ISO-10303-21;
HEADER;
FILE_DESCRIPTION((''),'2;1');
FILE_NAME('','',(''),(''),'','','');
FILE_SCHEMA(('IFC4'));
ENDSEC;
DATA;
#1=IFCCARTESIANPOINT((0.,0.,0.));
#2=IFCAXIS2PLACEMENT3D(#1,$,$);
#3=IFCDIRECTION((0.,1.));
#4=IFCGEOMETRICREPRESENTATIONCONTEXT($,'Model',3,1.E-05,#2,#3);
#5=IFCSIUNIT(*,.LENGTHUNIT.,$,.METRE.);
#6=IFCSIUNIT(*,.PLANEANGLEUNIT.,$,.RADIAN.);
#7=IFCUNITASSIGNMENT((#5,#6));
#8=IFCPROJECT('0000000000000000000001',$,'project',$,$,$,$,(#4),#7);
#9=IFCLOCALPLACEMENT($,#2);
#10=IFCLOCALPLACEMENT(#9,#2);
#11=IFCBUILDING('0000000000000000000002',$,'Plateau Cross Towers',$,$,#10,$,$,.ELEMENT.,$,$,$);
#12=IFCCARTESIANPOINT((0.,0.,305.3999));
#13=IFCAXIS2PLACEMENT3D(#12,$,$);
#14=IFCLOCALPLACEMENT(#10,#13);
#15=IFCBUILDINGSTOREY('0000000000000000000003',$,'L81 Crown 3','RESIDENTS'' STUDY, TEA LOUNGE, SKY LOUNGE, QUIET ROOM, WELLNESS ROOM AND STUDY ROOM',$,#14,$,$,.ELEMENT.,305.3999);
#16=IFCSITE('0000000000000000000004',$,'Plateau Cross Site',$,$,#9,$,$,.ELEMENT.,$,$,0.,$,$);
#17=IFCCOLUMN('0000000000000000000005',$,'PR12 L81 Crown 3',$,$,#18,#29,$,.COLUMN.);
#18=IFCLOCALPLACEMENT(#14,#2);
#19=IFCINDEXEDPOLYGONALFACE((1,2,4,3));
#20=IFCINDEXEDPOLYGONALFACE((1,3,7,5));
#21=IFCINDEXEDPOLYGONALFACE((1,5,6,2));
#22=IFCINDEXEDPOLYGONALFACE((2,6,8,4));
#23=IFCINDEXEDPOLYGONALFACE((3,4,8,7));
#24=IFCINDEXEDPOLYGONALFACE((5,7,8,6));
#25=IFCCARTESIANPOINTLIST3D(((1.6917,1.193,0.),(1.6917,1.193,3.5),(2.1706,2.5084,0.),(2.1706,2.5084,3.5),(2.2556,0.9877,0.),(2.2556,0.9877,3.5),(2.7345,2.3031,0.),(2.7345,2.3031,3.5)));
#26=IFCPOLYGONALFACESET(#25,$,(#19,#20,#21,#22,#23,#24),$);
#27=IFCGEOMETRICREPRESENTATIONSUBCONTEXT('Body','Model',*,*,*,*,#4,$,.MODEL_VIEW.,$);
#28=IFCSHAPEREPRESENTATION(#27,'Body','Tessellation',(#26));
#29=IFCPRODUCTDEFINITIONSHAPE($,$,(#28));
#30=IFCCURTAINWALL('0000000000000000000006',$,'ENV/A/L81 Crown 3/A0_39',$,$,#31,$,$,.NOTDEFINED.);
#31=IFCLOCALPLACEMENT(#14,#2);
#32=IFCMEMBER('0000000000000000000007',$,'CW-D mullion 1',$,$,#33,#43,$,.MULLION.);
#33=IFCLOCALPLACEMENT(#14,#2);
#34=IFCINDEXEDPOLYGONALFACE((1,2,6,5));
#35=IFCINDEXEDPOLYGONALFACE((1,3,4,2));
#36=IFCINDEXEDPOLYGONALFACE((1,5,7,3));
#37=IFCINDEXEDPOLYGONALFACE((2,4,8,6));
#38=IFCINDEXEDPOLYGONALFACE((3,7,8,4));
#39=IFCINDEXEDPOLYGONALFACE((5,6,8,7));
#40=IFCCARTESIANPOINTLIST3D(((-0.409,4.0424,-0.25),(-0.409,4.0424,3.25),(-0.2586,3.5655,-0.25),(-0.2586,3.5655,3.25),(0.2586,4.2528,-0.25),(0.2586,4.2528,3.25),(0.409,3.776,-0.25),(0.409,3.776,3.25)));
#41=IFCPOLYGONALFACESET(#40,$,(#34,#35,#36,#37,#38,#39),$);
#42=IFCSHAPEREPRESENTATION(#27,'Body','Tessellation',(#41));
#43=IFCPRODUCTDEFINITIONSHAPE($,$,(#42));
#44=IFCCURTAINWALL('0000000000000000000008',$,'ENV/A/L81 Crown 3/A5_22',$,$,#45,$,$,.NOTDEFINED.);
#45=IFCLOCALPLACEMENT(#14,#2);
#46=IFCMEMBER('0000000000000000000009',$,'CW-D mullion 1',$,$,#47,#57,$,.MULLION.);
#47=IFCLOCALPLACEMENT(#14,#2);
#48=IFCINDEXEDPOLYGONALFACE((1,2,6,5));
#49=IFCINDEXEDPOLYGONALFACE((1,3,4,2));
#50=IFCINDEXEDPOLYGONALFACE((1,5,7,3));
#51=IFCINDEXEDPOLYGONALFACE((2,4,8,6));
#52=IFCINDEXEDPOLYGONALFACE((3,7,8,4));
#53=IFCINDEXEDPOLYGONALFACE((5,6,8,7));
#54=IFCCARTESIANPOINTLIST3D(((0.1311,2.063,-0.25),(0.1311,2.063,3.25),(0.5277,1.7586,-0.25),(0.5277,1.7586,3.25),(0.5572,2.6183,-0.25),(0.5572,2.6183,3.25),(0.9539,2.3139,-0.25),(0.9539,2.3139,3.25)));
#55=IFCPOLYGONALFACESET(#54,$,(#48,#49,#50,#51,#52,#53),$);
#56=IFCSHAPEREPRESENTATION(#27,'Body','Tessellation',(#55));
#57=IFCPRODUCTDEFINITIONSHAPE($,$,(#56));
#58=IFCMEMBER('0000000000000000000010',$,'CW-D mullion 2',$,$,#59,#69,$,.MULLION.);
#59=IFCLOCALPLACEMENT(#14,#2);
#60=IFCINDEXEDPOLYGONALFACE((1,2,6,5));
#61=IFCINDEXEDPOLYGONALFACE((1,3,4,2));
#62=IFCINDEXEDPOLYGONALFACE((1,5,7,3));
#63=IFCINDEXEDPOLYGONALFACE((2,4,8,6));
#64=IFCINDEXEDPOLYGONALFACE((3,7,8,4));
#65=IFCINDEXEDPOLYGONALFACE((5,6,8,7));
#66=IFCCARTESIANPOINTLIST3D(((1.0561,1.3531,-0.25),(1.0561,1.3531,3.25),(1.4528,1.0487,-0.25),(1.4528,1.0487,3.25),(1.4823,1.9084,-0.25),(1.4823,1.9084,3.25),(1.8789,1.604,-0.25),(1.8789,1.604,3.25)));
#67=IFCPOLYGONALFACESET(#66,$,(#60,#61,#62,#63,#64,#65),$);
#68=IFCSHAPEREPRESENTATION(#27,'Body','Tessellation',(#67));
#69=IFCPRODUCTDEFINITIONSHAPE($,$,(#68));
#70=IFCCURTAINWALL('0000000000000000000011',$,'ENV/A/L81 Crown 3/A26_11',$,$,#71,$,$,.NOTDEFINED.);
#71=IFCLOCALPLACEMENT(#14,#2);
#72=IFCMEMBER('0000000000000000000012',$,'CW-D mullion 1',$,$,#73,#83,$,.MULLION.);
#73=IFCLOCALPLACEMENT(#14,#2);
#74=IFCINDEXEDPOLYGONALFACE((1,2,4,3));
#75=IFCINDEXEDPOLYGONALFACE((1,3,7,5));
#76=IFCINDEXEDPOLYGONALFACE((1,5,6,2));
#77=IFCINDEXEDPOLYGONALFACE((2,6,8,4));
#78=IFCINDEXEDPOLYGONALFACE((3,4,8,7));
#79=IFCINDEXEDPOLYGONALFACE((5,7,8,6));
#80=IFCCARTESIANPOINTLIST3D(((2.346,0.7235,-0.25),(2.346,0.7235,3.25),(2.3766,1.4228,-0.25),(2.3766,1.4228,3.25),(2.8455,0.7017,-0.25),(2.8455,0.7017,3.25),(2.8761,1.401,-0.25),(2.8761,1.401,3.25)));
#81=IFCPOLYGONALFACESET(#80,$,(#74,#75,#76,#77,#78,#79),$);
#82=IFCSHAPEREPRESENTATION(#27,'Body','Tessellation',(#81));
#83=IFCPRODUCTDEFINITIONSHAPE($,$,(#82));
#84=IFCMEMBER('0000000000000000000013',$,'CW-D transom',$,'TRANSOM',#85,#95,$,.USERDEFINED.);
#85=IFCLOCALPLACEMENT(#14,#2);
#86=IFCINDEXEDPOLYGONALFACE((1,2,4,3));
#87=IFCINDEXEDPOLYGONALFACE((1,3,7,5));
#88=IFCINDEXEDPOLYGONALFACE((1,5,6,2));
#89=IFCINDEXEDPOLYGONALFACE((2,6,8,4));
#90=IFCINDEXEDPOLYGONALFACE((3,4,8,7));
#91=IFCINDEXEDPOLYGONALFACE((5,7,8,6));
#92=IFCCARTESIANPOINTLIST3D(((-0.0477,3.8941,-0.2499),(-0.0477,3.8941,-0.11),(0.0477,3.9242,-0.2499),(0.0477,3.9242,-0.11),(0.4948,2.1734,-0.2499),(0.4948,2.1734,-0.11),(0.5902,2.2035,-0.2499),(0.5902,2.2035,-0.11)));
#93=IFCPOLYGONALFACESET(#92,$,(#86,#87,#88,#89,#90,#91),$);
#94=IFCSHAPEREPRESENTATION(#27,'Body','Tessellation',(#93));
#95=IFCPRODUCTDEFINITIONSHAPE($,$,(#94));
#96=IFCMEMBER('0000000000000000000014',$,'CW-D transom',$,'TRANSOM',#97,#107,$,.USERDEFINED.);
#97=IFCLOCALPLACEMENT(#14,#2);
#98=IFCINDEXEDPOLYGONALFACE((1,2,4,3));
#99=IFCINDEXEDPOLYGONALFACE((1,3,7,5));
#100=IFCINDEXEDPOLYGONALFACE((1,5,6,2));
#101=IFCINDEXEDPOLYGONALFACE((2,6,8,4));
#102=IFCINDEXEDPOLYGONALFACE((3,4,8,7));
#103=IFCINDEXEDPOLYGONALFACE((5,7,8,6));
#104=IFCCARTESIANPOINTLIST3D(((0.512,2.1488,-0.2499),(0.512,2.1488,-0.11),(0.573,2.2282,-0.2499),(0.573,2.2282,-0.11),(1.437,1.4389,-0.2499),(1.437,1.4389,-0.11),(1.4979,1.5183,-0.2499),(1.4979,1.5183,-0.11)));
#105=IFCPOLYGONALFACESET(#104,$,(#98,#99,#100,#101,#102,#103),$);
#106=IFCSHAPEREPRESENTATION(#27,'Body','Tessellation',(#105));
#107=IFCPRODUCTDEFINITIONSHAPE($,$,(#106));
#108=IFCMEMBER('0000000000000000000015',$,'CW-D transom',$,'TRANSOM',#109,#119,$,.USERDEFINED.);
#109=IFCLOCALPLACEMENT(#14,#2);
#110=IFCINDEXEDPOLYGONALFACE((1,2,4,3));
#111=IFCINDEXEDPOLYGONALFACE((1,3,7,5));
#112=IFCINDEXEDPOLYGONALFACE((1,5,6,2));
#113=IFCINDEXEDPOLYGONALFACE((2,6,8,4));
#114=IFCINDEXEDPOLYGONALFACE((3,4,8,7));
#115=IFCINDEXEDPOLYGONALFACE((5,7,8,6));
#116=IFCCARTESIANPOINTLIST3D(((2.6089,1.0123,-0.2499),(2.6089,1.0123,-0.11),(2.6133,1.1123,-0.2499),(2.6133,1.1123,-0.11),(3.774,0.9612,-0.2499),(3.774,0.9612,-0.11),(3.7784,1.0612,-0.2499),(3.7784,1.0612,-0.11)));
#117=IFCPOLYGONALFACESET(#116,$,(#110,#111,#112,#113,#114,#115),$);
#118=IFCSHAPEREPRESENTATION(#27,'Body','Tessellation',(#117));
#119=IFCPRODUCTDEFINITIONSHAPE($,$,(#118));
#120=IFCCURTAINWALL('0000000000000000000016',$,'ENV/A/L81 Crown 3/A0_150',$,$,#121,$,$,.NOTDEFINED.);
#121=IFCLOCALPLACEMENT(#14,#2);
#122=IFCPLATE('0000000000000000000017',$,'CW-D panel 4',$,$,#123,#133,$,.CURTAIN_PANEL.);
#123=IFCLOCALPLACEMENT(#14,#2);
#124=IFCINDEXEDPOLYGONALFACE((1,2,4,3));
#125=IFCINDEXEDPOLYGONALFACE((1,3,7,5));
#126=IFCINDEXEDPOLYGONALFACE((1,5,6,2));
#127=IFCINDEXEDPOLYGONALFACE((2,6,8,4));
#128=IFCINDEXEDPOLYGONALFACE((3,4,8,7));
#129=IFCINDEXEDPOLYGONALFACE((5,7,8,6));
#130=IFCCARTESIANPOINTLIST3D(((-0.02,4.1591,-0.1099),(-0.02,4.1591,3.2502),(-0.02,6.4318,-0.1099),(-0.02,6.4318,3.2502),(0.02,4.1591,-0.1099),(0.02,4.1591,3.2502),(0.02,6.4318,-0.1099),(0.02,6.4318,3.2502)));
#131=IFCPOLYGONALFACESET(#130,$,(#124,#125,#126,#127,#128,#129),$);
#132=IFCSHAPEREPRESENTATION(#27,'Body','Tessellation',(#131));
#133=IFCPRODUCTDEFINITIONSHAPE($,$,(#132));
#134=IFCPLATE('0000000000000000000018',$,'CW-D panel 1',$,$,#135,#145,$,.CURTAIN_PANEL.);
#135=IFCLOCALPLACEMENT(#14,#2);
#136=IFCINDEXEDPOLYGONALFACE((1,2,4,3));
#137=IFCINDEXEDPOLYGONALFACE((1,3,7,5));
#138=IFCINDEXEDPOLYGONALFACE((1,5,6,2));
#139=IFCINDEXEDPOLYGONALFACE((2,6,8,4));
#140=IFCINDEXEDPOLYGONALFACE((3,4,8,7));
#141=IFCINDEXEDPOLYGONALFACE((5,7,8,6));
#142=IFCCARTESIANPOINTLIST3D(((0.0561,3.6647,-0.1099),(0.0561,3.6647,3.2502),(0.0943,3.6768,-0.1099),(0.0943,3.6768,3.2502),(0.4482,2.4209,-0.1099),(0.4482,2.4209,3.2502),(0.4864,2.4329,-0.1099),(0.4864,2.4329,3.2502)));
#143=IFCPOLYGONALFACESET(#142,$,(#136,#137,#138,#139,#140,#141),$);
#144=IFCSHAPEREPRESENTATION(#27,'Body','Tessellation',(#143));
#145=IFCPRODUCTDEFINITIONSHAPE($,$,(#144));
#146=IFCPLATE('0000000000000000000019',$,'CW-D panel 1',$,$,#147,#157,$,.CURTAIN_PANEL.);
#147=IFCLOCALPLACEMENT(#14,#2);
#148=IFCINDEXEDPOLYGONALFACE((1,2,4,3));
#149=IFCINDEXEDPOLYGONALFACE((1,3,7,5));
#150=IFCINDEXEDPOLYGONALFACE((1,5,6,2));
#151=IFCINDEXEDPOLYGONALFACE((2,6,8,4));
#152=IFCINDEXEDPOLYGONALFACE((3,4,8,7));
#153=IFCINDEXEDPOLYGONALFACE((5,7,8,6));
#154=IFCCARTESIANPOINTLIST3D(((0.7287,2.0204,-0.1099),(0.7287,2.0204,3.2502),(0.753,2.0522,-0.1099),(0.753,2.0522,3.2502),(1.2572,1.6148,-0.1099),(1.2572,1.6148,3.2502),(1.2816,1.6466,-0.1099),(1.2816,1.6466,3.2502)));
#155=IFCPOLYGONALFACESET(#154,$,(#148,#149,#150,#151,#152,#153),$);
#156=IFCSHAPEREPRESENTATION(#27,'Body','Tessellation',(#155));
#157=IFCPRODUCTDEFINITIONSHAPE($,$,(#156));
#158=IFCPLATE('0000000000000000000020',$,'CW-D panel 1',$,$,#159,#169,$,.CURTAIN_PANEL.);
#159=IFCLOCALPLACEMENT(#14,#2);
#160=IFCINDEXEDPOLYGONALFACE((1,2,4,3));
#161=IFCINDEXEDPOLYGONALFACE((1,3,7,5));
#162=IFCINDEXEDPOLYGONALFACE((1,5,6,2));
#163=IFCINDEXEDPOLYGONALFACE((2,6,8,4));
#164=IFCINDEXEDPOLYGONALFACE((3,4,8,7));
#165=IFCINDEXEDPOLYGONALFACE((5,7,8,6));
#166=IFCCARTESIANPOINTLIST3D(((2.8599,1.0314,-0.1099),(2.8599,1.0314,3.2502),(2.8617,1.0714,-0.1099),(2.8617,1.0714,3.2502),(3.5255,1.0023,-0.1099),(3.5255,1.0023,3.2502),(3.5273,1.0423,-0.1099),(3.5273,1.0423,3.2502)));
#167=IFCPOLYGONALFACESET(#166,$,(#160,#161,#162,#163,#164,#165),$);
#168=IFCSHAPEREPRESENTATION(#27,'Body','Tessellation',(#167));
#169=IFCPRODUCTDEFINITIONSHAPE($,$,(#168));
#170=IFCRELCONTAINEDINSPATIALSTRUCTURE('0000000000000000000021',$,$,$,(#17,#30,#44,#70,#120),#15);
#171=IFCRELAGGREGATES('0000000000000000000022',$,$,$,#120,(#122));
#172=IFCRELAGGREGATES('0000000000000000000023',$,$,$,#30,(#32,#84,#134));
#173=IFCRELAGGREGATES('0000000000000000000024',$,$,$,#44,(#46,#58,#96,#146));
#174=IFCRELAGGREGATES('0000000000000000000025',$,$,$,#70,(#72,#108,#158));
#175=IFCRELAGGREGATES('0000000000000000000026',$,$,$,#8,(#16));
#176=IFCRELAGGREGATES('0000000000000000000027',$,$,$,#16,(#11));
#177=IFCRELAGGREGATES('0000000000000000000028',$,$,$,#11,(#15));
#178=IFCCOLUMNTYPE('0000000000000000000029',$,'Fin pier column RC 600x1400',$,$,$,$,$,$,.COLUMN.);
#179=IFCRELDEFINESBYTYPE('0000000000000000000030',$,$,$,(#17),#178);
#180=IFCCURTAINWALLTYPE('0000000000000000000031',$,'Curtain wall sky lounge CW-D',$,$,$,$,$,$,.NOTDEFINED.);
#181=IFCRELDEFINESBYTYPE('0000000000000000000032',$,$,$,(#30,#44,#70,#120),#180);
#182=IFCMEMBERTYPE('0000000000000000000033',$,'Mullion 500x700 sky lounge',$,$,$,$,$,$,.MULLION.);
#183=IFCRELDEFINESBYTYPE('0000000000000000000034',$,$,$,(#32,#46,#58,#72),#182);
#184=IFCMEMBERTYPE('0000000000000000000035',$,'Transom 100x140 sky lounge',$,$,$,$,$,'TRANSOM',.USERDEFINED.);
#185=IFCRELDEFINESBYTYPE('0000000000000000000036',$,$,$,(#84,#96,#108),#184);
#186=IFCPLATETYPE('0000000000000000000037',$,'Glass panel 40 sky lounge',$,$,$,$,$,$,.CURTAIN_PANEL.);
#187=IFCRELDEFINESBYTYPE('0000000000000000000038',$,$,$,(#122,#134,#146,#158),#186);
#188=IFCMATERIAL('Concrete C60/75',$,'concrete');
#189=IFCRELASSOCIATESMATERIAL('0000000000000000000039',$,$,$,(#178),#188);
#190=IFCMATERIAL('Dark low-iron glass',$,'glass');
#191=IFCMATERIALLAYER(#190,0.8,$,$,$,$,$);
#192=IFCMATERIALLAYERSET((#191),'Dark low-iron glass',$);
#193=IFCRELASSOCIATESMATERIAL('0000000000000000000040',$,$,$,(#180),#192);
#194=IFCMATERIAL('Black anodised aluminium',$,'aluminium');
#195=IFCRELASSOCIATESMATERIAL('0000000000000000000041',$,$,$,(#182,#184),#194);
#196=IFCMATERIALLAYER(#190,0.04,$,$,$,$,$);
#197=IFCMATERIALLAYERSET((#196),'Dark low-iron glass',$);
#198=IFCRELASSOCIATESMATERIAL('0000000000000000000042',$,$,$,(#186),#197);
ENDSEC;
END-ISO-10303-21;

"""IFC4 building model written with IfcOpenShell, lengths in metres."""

from ifc_helpers import new_model, si_unit, direction, frame, origin, origin_2d, place, context, subcontext, project, spatial, rectangle, extrude, material, layer, layer_set, material_profile, profile_set, type_object, element, aggregate, save


model = new_model("IFC4")

# Units and contexts
model_context = context("Model", 3, precision=1e-05, world=origin(), true_north=direction((0.0, 1.0)))
body_context = subcontext(model_context, "Body", "Model", "MODEL_VIEW")
ifc_project = project(units=[si_unit("LENGTHUNIT", "METRE"), si_unit("PLANEANGLEUNIT", "RADIAN")], contexts=[model_context])

# Site, building, storey
site_placement = place(None, origin())
site = spatial("IfcSite", under=ifc_project, at=site_placement, Name="Plateau Cross Site", CompositionType="ELEMENT", RefElevation=0.0)
building_placement = place(site_placement, origin())
building = spatial("IfcBuilding", under=site, at=building_placement, Name="Plateau Cross Towers", CompositionType="ELEMENT")
storey_placement = place(building_placement, frame((0.0, 0.0, 305.3999)))
storey = spatial("IfcBuildingStorey", under=building, at=storey_placement, Name="L81 Crown 3", Description="RESIDENTS' STUDY, TEA LOUNGE, SKY LOUNGE, QUIET ROOM, WELLNESS ROOM AND STUDY ROOM", CompositionType="ELEMENT", Elevation=305.3999)

# Column
ifc_material_1 = material(Name="Concrete C60/75", Category="concrete")
ifc_material_profile_1 = material_profile(ifc_material_1, rectangle(XDim=0.6001, YDim=1.3999, at=origin_2d()), Name="RC 600x1400")
ifc_profile_set_1 = profile_set([ifc_material_profile_1], Name="Concrete C60/75")
column_type = type_object("IfcColumnType", Name="Fin pier column RC 600x1400", PredefinedType="COLUMN", material=ifc_profile_set_1)
column_placement = place(storey_placement, frame((2.2131, 1.748, 0.0), z_axis=(0.0, 0.0, 1.0), x_axis=(-0.939664, 0.342098, 0.0)))
element("IfcColumn", 1, at=column_placement, inside=storey, type_object=column_type, Name="PR12 L81 Crown 3", PredefinedType="COLUMN", context=body_context, shape_type="SweptSolid", body=[
    extrude(rectangle(XDim=0.6001, YDim=1.3999, at=origin_2d()), origin(), (0.0, 0.0, 1.0), 3.5),
])

# Curtain wall, member
ifc_material_2 = material(Name="Dark low-iron glass", Category="glass")
ifc_layer_1 = layer(ifc_material_2, 0.8)
ifc_layer_set_1 = layer_set([ifc_layer_1], Name="Dark low-iron glass")
curtain_wall_type = type_object("IfcCurtainWallType", Name="Curtain wall sky lounge CW-D", PredefinedType="NOTDEFINED", material=ifc_layer_set_1)
curtain_wall_1_placement = place(storey_placement, origin())
curtain_wall_1 = element("IfcCurtainWall", 2, at=curtain_wall_1_placement, inside=storey, type_object=curtain_wall_type, Name="ENV/A/L81 Crown 3/A0_39", PredefinedType="NOTDEFINED")
ifc_material_3 = material(Name="Black anodised aluminium", Category="aluminium")
ifc_material_profile_2 = material_profile(ifc_material_3, rectangle(XDim=0.5, YDim=0.7, at=origin_2d()), Name="MULLION 500x700")
ifc_profile_set_2 = profile_set([ifc_material_profile_2], Name="Black anodised aluminium")
member_type_1 = type_object("IfcMemberType", Name="Mullion 500x700 sky lounge", PredefinedType="MULLION", material=ifc_profile_set_2)
member_1_placement = place(storey_placement, frame((0.0, 3.9092, -0.25), z_axis=(0.0, 0.0, 1.0), x_axis=(0.300686, -0.953723, 0.0)))
member_1 = element("IfcMember", 3, at=member_1_placement, type_object=member_type_1, Name="CW-D mullion 1", PredefinedType="MULLION", context=body_context, shape_type="SweptSolid", body=[
    extrude(rectangle(XDim=0.5, YDim=0.7, at=origin_2d()), origin(), (0.0, 0.0, 1.0), 3.5),
])

# Curtain wall, members
curtain_wall_2_placement = place(storey_placement, origin())
curtain_wall_2 = element("IfcCurtainWall", 4, at=curtain_wall_2_placement, inside=storey, type_object=curtain_wall_type, Name="ENV/A/L81 Crown 3/A5_22", PredefinedType="NOTDEFINED")
member_2_placement = place(storey_placement, frame((0.5425, 2.1885, -0.25), z_axis=(0.0, 0.0, 1.0), x_axis=(0.793316, -0.608811, 0.0)))
member_2 = element("IfcMember", 5, at=member_2_placement, type_object=member_type_1, Name="CW-D mullion 1", PredefinedType="MULLION", context=body_context, shape_type="SweptSolid", body=[
    extrude(rectangle(XDim=0.5, YDim=0.7, at=origin_2d()), origin(), (0.0, 0.0, 1.0), 3.5),
])
member_3_placement = place(storey_placement, frame((1.4675, 1.4785, -0.25), z_axis=(0.0, 0.0, 1.0), x_axis=(0.793316, -0.608811, 0.0)))
member_3 = element("IfcMember", 6, at=member_3_placement, type_object=member_type_1, Name="CW-D mullion 2", PredefinedType="MULLION", context=body_context, shape_type="SweptSolid", body=[
    extrude(rectangle(XDim=0.5, YDim=0.7, at=origin_2d()), origin(), (0.0, 0.0, 1.0), 3.5),
])

# Curtain wall, member
curtain_wall_3_placement = place(storey_placement, origin())
curtain_wall_3 = element("IfcCurtainWall", 7, at=curtain_wall_3_placement, inside=storey, type_object=curtain_wall_type, Name="ENV/A/L81 Crown 3/A26_11", PredefinedType="NOTDEFINED")
member_4_placement = place(storey_placement, frame((2.6111, 1.0623, -0.25), z_axis=(0.0, 0.0, 1.0), x_axis=(0.999044, -0.043723, 0.0)))
member_4 = element("IfcMember", 8, at=member_4_placement, type_object=member_type_1, Name="CW-D mullion 1", PredefinedType="MULLION", context=body_context, shape_type="SweptSolid", body=[
    extrude(rectangle(XDim=0.5, YDim=0.7, at=origin_2d()), origin(), (0.0, 0.0, 1.0), 3.5),
])

# Members
ifc_material_profile_3 = material_profile(ifc_material_3, rectangle(XDim=0.1001, YDim=0.1399, at=origin_2d()), Name="TRANSOM 100x140")
ifc_profile_set_3 = profile_set([ifc_material_profile_3], Name="Black anodised aluminium")
member_type_2 = type_object("IfcMemberType", Name="Transom 100x140 sky lounge", ElementType="TRANSOM", PredefinedType="USERDEFINED", material=ifc_profile_set_3)
member_5_placement = place(storey_placement, frame((0.0, 3.9092, -0.1799), z_axis=(0.300678, -0.953726, 0.0), x_axis=(0.953726, 0.300678, 0.0)))
member_5 = element("IfcMember", 9, at=member_5_placement, type_object=member_type_2, Name="CW-D transom", ObjectType="TRANSOM", PredefinedType="USERDEFINED", context=body_context, shape_type="SweptSolid", body=[
    extrude(rectangle(XDim=0.1001, YDim=0.1399, at=origin_2d()), origin(), (0.0, 0.0, 1.0), 1.8042),
])
member_6_placement = place(storey_placement, frame((0.5425, 2.1885, -0.1799), z_axis=(0.793293, -0.60884, 0.0), x_axis=(0.60884, 0.793293, 0.0)))
member_6 = element("IfcMember", 10, at=member_6_placement, type_object=member_type_2, Name="CW-D transom", ObjectType="TRANSOM", PredefinedType="USERDEFINED", context=body_context, shape_type="SweptSolid", body=[
    extrude(rectangle(XDim=0.1001, YDim=0.1399, at=origin_2d()), origin(), (0.0, 0.0, 1.0), 1.166),
])
member_7_placement = place(storey_placement, frame((2.6111, 1.0623, -0.1799), z_axis=(0.999042, -0.043755, 0.0), x_axis=(0.043755, 0.999042, 0.0)))
member_7 = element("IfcMember", 11, at=member_7_placement, type_object=member_type_2, Name="CW-D transom", ObjectType="TRANSOM", PredefinedType="USERDEFINED", context=body_context, shape_type="SweptSolid", body=[
    extrude(rectangle(XDim=0.1001, YDim=0.1399, at=origin_2d()), origin(), (0.0, 0.0, 1.0), 1.1663),
])

# Curtain wall, plate
curtain_wall_4_placement = place(storey_placement, origin())
curtain_wall_4 = element("IfcCurtainWall", 12, at=curtain_wall_4_placement, inside=storey, type_object=curtain_wall_type, Name="ENV/A/L81 Crown 3/A0_150", PredefinedType="NOTDEFINED")
ifc_layer_2 = layer(ifc_material_2, 0.04)
ifc_layer_set_2 = layer_set([ifc_layer_2], Name="Dark low-iron glass")
plate_type = type_object("IfcPlateType", Name="Glass panel 40 sky lounge", PredefinedType="CURTAIN_PANEL", material=ifc_layer_set_2)
plate_1_placement = place(storey_placement, frame((0.0, 5.2954, -0.1099), z_axis=(0.0, 0.0, 1.0), x_axis=(0.0, -1.0, 0.0)))
plate_1 = element("IfcPlate", 13, at=plate_1_placement, type_object=plate_type, Name="CW-D panel 4", PredefinedType="CURTAIN_PANEL", context=body_context, shape_type="SweptSolid", body=[
    extrude(rectangle(XDim=2.2727, YDim=0.04, at=origin_2d()), origin(), (0.0, 0.0, 1.0), 3.3601),
])
aggregate(curtain_wall_4, [plate_1])

# Plates
plate_2_placement = place(storey_placement, frame((0.2712, 3.0488, -0.1099), z_axis=(0.0, 0.0, 1.0), x_axis=(0.300686, -0.953723, 0.0)))
plate_2 = element("IfcPlate", 14, at=plate_2_placement, type_object=plate_type, Name="CW-D panel 1", PredefinedType="CURTAIN_PANEL", context=body_context, shape_type="SweptSolid", body=[
    extrude(rectangle(XDim=1.3042, YDim=0.04, at=origin_2d()), origin(), (0.0, 0.0, 1.0), 3.3601),
])
aggregate(curtain_wall_1, [member_1, member_5, plate_2])
plate_3_placement = place(storey_placement, frame((1.0051, 1.8335, -0.1099), z_axis=(0.0, 0.0, 1.0), x_axis=(0.793316, -0.608811, 0.0)))
plate_3 = element("IfcPlate", 15, at=plate_3_placement, type_object=plate_type, Name="CW-D panel 1", PredefinedType="CURTAIN_PANEL", context=body_context, shape_type="SweptSolid", body=[
    extrude(rectangle(XDim=0.6663, YDim=0.04, at=origin_2d()), origin(), (0.0, 0.0, 1.0), 3.3601),
])
aggregate(curtain_wall_2, [member_2, member_3, member_6, plate_3])
plate_4_placement = place(storey_placement, frame((3.1936, 1.0369, -0.1099), z_axis=(0.0, 0.0, 1.0), x_axis=(0.999044, -0.043723, 0.0)))
plate_4 = element("IfcPlate", 16, at=plate_4_placement, type_object=plate_type, Name="CW-D panel 1", PredefinedType="CURTAIN_PANEL", context=body_context, shape_type="SweptSolid", body=[
    extrude(rectangle(XDim=0.6663, YDim=0.04, at=origin_2d()), origin(), (0.0, 0.0, 1.0), 3.3601),
])
aggregate(curtain_wall_3, [member_4, member_7, plate_4])

save(model, "model.ifc")
